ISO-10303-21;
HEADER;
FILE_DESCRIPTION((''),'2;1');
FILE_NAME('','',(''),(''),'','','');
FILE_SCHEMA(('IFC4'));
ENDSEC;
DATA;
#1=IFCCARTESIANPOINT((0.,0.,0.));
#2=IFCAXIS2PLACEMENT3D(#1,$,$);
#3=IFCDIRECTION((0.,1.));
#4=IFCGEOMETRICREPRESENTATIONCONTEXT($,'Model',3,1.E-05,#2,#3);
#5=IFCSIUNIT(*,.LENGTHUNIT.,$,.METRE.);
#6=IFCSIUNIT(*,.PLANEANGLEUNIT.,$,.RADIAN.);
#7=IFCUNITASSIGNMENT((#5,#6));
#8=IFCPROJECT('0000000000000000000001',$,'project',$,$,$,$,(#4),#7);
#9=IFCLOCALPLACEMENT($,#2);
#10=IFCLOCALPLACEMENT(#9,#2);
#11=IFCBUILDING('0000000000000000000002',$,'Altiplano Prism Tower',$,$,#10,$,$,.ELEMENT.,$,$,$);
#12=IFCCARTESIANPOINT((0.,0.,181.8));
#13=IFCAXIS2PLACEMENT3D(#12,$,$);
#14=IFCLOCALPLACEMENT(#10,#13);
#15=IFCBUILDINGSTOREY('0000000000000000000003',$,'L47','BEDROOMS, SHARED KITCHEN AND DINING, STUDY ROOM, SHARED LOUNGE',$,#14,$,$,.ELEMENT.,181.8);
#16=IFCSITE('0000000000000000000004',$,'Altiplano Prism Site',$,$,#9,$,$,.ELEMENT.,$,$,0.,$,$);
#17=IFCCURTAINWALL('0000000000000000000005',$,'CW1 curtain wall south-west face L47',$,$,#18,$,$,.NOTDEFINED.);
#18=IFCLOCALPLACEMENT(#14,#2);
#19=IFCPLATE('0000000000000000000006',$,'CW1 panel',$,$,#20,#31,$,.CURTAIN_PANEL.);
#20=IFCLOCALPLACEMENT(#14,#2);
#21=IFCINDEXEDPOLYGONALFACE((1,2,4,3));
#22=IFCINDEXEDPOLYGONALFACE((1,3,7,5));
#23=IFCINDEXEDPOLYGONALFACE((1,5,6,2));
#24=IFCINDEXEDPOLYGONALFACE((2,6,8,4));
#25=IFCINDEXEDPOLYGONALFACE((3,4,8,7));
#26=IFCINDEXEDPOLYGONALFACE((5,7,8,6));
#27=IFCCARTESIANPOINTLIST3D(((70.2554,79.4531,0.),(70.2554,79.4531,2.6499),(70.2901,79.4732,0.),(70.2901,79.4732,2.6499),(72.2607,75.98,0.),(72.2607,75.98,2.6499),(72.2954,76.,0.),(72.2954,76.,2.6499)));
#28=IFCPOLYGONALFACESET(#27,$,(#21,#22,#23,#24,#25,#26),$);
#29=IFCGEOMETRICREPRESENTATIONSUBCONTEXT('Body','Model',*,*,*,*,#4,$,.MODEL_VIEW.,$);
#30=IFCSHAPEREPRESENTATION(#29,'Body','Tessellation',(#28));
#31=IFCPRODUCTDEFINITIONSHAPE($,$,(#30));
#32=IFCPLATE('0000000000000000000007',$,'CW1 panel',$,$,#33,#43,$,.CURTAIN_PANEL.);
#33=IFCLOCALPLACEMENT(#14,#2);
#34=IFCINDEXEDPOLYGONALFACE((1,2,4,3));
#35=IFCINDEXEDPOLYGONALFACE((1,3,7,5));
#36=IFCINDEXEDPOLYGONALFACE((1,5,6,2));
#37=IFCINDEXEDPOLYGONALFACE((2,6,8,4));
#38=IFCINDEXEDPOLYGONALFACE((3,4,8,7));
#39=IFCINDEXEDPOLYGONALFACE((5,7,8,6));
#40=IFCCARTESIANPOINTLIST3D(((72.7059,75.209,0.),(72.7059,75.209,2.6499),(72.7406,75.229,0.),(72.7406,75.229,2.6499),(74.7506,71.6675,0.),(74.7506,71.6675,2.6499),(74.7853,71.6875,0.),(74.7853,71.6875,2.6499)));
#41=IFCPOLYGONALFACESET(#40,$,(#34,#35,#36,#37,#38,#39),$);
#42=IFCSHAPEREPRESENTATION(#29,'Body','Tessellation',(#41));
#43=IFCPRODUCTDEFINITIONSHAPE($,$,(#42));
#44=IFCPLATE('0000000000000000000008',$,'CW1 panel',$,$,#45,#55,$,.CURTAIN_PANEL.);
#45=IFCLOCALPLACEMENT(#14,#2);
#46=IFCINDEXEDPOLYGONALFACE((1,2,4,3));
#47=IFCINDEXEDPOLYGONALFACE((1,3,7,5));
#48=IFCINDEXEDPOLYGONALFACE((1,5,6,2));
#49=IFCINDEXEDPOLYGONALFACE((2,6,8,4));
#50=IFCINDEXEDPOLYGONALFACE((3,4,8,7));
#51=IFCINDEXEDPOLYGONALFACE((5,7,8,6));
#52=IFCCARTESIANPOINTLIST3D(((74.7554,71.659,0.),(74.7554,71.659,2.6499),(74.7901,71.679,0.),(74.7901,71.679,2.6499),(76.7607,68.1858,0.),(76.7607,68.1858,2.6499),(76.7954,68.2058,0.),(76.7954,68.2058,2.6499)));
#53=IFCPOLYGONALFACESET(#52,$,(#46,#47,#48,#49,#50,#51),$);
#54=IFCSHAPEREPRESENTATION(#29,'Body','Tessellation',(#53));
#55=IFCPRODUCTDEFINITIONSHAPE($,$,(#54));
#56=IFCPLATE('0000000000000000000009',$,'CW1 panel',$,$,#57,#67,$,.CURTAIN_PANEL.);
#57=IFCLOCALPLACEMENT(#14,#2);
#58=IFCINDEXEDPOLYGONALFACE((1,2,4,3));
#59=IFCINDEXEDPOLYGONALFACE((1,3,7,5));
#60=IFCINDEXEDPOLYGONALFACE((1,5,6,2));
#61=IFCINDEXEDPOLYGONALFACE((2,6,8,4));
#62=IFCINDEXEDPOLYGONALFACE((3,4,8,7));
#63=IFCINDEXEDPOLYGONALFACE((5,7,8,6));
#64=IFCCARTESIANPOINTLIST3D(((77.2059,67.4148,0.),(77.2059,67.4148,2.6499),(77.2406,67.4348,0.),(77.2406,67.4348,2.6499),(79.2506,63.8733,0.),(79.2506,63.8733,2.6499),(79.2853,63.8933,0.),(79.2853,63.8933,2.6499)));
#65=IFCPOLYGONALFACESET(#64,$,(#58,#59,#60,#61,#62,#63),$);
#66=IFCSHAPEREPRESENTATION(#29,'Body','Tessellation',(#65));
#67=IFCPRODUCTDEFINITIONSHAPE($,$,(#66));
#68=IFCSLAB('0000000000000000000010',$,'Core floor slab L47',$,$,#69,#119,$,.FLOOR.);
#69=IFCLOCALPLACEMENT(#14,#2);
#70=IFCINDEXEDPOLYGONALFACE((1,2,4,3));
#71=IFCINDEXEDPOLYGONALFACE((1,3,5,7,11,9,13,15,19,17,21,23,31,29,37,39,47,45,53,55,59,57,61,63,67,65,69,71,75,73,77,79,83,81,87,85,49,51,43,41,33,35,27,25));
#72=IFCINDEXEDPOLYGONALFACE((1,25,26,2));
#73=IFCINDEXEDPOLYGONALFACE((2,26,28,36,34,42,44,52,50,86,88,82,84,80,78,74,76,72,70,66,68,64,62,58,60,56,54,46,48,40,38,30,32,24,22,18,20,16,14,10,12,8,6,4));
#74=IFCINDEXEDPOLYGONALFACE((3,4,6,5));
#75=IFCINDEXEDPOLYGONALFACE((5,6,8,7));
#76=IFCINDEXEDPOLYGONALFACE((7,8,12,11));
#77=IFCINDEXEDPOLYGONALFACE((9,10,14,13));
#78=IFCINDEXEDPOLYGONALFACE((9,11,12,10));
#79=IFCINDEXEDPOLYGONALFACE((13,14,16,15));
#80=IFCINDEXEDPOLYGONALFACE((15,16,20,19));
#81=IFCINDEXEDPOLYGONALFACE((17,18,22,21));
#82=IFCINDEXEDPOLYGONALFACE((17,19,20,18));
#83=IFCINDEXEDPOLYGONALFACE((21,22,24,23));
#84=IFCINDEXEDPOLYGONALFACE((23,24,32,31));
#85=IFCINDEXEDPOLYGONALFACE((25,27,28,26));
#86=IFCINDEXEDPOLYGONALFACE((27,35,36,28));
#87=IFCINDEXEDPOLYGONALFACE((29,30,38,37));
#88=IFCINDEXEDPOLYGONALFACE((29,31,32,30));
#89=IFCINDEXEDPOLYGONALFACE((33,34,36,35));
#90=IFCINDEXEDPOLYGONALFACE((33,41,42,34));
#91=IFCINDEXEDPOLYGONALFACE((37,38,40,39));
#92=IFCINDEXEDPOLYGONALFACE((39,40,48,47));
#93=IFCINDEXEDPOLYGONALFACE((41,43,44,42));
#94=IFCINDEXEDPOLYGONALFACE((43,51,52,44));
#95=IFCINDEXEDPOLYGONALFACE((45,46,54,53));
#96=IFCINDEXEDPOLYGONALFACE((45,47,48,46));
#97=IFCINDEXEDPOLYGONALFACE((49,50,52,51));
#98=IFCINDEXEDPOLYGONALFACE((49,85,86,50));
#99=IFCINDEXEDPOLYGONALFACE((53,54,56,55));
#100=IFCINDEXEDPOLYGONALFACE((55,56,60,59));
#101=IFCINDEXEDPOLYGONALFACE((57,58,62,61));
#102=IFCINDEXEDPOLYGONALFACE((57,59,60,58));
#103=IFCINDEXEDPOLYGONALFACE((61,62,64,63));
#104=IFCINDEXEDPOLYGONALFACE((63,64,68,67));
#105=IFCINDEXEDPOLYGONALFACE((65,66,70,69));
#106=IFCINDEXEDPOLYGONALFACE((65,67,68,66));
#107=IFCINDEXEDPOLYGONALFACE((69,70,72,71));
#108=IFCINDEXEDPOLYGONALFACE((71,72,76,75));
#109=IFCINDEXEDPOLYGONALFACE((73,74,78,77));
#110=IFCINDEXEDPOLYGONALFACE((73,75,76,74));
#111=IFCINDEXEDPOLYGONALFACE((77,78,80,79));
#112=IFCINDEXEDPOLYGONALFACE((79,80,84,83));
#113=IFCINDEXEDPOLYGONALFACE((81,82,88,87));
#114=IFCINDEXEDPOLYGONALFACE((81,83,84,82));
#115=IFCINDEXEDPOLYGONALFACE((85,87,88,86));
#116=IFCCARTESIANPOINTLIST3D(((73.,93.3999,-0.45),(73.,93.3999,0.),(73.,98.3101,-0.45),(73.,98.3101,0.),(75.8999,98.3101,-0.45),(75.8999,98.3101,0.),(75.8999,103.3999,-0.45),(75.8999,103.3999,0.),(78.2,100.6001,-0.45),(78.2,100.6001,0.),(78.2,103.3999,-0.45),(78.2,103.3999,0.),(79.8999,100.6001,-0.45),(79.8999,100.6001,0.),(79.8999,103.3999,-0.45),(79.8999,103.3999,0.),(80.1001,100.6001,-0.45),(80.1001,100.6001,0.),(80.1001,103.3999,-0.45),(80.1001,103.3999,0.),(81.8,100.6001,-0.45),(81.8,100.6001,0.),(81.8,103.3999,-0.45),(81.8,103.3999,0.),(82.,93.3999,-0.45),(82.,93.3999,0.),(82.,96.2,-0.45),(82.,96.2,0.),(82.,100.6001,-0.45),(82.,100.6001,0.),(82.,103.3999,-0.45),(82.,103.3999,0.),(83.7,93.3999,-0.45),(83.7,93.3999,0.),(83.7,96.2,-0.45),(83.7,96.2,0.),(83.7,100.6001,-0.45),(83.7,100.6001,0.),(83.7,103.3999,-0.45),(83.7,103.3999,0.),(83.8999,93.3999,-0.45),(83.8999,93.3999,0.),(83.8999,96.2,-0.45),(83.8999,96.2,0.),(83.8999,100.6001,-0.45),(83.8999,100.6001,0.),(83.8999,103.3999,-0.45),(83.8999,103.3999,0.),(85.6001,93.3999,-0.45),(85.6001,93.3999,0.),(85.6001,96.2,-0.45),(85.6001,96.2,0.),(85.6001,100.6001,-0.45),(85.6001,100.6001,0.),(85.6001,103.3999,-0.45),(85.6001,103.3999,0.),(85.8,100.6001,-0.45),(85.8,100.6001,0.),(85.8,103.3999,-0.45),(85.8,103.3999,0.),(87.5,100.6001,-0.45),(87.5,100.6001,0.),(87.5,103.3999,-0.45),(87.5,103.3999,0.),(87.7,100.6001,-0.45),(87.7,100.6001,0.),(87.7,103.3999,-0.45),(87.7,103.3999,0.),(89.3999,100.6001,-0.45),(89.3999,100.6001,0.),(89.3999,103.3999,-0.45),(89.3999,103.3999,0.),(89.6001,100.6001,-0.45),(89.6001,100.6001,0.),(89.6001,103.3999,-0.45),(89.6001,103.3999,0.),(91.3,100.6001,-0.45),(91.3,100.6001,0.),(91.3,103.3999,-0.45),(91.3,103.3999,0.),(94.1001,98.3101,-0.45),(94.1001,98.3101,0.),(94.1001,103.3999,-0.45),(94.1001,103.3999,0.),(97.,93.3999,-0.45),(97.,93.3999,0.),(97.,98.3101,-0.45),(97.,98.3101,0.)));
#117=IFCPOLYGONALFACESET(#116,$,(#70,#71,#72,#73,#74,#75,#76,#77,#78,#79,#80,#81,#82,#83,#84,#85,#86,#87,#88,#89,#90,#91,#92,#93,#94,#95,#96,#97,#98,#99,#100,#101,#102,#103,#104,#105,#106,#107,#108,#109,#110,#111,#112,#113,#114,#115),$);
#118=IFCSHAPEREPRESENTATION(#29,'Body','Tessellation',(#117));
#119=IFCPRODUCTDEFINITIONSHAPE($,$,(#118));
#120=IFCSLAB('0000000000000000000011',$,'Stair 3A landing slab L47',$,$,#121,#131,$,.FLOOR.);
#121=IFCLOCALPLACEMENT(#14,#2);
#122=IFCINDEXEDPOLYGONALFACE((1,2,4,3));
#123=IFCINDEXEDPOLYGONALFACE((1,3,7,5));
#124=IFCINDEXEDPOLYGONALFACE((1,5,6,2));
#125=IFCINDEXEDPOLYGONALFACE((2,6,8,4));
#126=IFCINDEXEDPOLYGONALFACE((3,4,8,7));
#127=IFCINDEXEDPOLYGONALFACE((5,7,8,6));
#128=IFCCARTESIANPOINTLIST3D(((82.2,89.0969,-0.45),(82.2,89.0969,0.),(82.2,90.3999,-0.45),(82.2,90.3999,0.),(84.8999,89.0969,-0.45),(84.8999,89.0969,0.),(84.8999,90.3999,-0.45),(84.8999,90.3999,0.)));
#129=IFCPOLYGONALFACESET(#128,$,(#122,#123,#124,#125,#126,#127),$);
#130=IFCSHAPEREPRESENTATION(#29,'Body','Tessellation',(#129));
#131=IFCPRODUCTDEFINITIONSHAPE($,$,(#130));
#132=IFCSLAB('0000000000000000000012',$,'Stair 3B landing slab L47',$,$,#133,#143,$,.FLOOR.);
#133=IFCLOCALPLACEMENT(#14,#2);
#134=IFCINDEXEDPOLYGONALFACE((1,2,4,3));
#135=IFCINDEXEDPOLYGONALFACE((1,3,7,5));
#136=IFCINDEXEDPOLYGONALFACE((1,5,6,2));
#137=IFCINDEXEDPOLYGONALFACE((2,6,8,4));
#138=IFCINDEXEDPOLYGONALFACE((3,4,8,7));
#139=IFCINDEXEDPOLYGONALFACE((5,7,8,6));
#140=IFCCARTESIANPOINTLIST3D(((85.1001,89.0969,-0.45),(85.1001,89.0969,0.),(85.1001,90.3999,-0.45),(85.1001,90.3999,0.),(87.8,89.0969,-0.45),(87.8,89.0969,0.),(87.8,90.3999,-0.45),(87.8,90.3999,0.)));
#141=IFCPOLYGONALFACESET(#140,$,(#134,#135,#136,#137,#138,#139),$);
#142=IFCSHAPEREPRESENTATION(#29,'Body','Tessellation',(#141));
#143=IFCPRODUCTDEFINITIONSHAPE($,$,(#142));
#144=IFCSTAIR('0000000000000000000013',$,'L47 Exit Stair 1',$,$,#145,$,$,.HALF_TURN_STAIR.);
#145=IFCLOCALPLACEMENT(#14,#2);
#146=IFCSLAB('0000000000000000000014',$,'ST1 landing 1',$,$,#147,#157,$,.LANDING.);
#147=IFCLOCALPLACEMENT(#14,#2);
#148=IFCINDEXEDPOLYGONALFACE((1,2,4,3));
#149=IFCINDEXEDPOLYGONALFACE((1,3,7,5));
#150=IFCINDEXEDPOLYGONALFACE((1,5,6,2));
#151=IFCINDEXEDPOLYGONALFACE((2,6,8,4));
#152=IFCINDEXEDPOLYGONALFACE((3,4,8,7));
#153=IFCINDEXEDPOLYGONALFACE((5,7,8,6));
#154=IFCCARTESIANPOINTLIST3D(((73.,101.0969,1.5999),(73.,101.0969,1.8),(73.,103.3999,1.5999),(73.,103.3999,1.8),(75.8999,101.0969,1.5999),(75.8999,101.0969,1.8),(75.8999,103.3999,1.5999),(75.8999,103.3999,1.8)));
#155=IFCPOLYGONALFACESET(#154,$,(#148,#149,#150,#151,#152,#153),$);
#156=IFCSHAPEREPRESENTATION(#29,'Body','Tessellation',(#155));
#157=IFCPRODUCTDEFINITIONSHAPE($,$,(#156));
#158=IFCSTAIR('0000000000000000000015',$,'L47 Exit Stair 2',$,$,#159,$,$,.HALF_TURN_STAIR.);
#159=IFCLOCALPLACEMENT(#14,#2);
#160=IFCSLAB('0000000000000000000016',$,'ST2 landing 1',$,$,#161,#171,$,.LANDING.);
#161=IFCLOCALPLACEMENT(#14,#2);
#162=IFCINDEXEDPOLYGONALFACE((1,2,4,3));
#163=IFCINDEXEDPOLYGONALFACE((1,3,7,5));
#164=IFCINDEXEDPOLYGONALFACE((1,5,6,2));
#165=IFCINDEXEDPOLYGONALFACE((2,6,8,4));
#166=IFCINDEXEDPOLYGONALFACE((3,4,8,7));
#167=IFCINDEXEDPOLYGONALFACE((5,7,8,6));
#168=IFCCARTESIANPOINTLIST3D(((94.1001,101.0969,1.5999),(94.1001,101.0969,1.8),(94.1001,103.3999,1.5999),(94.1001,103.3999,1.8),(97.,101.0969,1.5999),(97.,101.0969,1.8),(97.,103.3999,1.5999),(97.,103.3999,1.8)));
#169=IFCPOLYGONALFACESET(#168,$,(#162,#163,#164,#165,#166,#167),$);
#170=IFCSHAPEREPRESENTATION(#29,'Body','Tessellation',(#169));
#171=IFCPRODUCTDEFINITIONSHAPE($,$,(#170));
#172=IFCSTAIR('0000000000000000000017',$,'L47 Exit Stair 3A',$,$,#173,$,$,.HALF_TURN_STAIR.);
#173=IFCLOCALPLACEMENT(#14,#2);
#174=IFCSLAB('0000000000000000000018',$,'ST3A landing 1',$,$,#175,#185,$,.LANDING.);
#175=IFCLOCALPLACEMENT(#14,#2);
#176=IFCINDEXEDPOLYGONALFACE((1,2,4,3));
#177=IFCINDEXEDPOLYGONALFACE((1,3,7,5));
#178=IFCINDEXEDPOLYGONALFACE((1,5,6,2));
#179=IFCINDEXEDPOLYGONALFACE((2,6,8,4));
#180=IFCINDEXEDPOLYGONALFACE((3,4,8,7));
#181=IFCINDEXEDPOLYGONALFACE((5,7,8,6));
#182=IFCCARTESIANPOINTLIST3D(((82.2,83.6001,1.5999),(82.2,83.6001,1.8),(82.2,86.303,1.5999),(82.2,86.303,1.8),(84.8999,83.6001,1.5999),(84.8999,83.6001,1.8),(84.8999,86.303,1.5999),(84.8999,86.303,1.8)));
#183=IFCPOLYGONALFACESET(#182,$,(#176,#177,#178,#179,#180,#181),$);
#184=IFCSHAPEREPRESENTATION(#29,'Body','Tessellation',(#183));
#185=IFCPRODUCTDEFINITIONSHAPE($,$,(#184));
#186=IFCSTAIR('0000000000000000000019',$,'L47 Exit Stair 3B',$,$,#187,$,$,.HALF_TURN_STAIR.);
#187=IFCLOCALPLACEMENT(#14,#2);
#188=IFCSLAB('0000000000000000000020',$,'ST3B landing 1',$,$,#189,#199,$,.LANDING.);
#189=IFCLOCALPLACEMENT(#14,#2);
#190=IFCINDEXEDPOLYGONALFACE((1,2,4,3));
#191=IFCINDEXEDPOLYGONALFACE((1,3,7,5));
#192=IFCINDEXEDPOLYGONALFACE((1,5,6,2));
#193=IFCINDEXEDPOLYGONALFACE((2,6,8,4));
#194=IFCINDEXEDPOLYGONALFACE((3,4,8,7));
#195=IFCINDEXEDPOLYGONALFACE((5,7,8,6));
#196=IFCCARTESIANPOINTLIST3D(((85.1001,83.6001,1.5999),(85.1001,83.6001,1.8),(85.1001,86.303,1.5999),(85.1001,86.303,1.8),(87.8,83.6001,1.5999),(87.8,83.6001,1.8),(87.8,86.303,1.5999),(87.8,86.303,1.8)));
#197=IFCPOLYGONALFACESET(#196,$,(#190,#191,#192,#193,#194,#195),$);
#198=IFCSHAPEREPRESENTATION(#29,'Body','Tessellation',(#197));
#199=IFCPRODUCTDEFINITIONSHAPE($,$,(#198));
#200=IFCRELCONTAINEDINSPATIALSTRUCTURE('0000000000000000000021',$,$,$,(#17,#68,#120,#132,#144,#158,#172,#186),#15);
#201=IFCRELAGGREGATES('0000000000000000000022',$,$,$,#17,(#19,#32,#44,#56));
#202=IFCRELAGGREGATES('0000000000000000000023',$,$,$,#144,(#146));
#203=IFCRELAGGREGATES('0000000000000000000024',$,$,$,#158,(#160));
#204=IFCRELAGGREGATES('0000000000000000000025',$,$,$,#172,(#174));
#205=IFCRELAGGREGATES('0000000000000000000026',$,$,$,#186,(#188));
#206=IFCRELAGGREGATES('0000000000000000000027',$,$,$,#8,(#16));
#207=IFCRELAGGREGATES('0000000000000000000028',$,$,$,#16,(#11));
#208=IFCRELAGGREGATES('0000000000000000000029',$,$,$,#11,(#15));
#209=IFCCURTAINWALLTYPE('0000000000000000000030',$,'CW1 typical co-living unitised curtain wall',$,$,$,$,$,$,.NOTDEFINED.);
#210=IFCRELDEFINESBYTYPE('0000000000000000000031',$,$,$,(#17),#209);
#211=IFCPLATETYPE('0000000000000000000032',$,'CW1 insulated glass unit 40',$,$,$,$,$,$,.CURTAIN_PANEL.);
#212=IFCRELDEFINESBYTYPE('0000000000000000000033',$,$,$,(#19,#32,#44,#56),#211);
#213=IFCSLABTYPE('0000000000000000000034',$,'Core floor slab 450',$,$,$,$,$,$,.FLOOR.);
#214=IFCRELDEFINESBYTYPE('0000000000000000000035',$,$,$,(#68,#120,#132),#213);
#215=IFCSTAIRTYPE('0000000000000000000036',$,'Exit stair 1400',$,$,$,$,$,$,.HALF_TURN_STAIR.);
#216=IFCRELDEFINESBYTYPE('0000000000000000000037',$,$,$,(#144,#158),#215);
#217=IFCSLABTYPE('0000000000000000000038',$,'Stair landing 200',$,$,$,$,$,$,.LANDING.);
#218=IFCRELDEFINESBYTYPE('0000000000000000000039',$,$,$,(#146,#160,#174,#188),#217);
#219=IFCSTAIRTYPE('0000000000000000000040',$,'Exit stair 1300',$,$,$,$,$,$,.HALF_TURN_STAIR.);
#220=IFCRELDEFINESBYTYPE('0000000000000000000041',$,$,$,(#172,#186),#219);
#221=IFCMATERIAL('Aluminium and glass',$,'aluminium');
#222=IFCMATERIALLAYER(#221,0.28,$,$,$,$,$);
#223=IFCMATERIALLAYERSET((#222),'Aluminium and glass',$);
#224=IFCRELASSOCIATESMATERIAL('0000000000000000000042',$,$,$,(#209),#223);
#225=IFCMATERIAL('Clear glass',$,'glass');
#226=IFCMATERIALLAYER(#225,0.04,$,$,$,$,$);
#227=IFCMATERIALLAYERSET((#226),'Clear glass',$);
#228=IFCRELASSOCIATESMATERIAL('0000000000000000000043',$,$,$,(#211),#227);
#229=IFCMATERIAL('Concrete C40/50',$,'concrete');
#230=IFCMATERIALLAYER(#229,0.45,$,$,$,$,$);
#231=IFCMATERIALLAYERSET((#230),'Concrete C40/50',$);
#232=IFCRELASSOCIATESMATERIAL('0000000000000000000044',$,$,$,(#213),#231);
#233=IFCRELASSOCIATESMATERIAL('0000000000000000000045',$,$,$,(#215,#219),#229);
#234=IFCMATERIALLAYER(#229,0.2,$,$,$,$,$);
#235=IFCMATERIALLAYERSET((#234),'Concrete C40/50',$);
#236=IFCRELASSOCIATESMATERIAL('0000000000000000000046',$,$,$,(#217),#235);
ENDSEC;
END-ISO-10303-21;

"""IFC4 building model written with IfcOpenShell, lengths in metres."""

from ifc_helpers import new_model, si_unit, direction, frame, origin, origin_2d, place, context, subcontext, project, spatial, polyline, rectangle, outline, extrude, material, layer, layer_set, type_object, element, aggregate, save


model = new_model("IFC4")

# Units and contexts
model_context = context("Model", 3, precision=1e-05, world=origin(), true_north=direction((0.0, 1.0)))
body_context = subcontext(model_context, "Body", "Model", "MODEL_VIEW")
ifc_project = project(units=[si_unit("LENGTHUNIT", "METRE"), si_unit("PLANEANGLEUNIT", "RADIAN")], contexts=[model_context])

# Site, building, storey
site_placement = place(None, origin())
site = spatial("IfcSite", under=ifc_project, at=site_placement, Name="Altiplano Prism Site", CompositionType="ELEMENT", RefElevation=0.0)
building_placement = place(site_placement, origin())
building = spatial("IfcBuilding", under=site, at=building_placement, Name="Altiplano Prism Tower", CompositionType="ELEMENT")
storey_placement = place(building_placement, frame((0.0, 0.0, 181.8)))
storey = spatial("IfcBuildingStorey", under=building, at=storey_placement, Name="L47", Description="BEDROOMS, SHARED KITCHEN AND DINING, STUDY ROOM, SHARED LOUNGE", CompositionType="ELEMENT", Elevation=181.8)

# Curtain wall
ifc_material_1 = material(Name="Aluminium and glass", Category="aluminium")
ifc_layer_1 = layer(ifc_material_1, 0.28)
ifc_layer_set_1 = layer_set([ifc_layer_1], Name="Aluminium and glass")
curtain_wall_type = type_object("IfcCurtainWallType", Name="CW1 typical co-living unitised curtain wall", PredefinedType="NOTDEFINED", material=ifc_layer_set_1)
curtain_wall_placement = place(storey_placement, origin())
curtain_wall = element("IfcCurtainWall", 1, at=curtain_wall_placement, inside=storey, type_object=curtain_wall_type, Name="CW1 curtain wall south-west face L47", PredefinedType="NOTDEFINED")

# Plates
ifc_material_2 = material(Name="Clear glass", Category="glass")
ifc_layer_2 = layer(ifc_material_2, 0.04)
ifc_layer_set_2 = layer_set([ifc_layer_2], Name="Clear glass")
plate_type = type_object("IfcPlateType", Name="CW1 insulated glass unit 40", PredefinedType="CURTAIN_PANEL", material=ifc_layer_set_2)
plate_1_placement = place(storey_placement, frame((71.2754, 77.7266, 0.0), z_axis=(0.0, 0.0, 1.0), x_axis=(0.5, -0.866025, 0.0)))
plate_1 = element("IfcPlate", 2, at=plate_1_placement, type_object=plate_type, Name="CW1 panel", PredefinedType="CURTAIN_PANEL", context=body_context, shape_type="SweptSolid", body=[
    extrude(rectangle(XDim=4.0105, YDim=0.04, at=origin_2d()), origin(), (0.0, 0.0, 1.0), 2.6499),
])
plate_2_placement = place(storey_placement, frame((73.7456, 73.4482, 0.0), z_axis=(0.0, 0.0, 1.0), x_axis=(0.5, -0.866025, 0.0)))
plate_2 = element("IfcPlate", 3, at=plate_2_placement, type_object=plate_type, Name="CW1 panel", PredefinedType="CURTAIN_PANEL", context=body_context, shape_type="SweptSolid", body=[
    extrude(rectangle(XDim=4.0894, YDim=0.04, at=origin_2d()), origin(), (0.0, 0.0, 1.0), 2.6499),
])
plate_3_placement = place(storey_placement, frame((75.7754, 69.9324, 0.0), z_axis=(0.0, 0.0, 1.0), x_axis=(0.5, -0.866025, 0.0)))
plate_3 = element("IfcPlate", 4, at=plate_3_placement, type_object=plate_type, Name="CW1 panel", PredefinedType="CURTAIN_PANEL", context=body_context, shape_type="SweptSolid", body=[
    extrude(rectangle(XDim=4.0105, YDim=0.04, at=origin_2d()), origin(), (0.0, 0.0, 1.0), 2.6499),
])
plate_4_placement = place(storey_placement, frame((78.2456, 65.6541, 0.0), z_axis=(0.0, 0.0, 1.0), x_axis=(0.5, -0.866025, 0.0)))
plate_4 = element("IfcPlate", 5, at=plate_4_placement, type_object=plate_type, Name="CW1 panel", PredefinedType="CURTAIN_PANEL", context=body_context, shape_type="SweptSolid", body=[
    extrude(rectangle(XDim=4.0894, YDim=0.04, at=origin_2d()), origin(), (0.0, 0.0, 1.0), 2.6499),
])
aggregate(curtain_wall, [plate_1, plate_2, plate_3, plate_4])

# Slabs
ifc_material_3 = material(Name="Concrete C40/50", Category="concrete")
ifc_layer_3 = layer(ifc_material_3, 0.45)
ifc_layer_set_3 = layer_set([ifc_layer_3], Name="Concrete C40/50")
slab_type_1 = type_object("IfcSlabType", Name="Core floor slab 450", PredefinedType="FLOOR", material=ifc_layer_set_3)
slab_1_placement = place(storey_placement, frame((0.0, 0.0, -0.45)))
element("IfcSlab", 6, at=slab_1_placement, inside=storey, type_object=slab_type_1, Name="Core floor slab L47", PredefinedType="FLOOR", context=body_context, shape_type="SweptSolid", body=[
    extrude(outline(polyline([(97.0, 98.3101), (94.1001, 98.3101), (94.1001, 103.3999), (91.3, 103.3999), (91.3, 100.6001), (89.6001, 100.6001), (89.6001, 103.3999), (89.3999, 103.3999), (89.3999, 100.6001), (87.7, 100.6001), (87.7, 103.3999), (87.5, 103.3999), (87.5, 100.6001), (85.8, 100.6001), (85.8, 103.3999), (85.6001, 103.3999), (85.6001, 100.6001), (83.8999, 100.6001), (83.8999, 103.3999), (83.7, 103.3999), (83.7, 100.6001), (82.0, 100.6001), (82.0, 103.3999), (81.8, 103.3999), (81.8, 100.6001), (80.1001, 100.6001), (80.1001, 103.3999), (79.8999, 103.3999), (79.8999, 100.6001), (78.2, 100.6001), (78.2, 103.3999), (75.8999, 103.3999), (75.8999, 98.3101), (73.0, 98.3101), (73.0, 93.3999), (82.0, 93.3999), (82.0, 96.2), (83.7, 96.2), (83.7, 93.3999), (83.8999, 93.3999), (83.8999, 96.2), (85.6001, 96.2), (85.6001, 93.3999), (97.0, 93.3999), (97.0, 98.3101)])), origin(), (0.0, 0.0, 1.0), 0.45),
])
slab_2_placement = place(storey_placement, frame((0.0, 0.0, -0.45)))
element("IfcSlab", 7, at=slab_2_placement, inside=storey, type_object=slab_type_1, Name="Stair 3A landing slab L47", PredefinedType="FLOOR", context=body_context, shape_type="SweptSolid", body=[
    extrude(outline(polyline([(82.2, 89.0969), (84.8999, 89.0969), (84.8999, 90.3999), (82.2, 90.3999), (82.2, 89.0969)])), origin(), (0.0, 0.0, 1.0), 0.45),
])
slab_3_placement = place(storey_placement, frame((0.0, 0.0, -0.45)))
element("IfcSlab", 8, at=slab_3_placement, inside=storey, type_object=slab_type_1, Name="Stair 3B landing slab L47", PredefinedType="FLOOR", context=body_context, shape_type="SweptSolid", body=[
    extrude(outline(polyline([(85.1001, 89.0969), (87.8, 89.0969), (87.8, 90.3999), (85.1001, 90.3999), (85.1001, 89.0969)])), origin(), (0.0, 0.0, 1.0), 0.45),
])

# Stairs, slabs
stair_type_1 = type_object("IfcStairType", Name="Exit stair 1400", PredefinedType="HALF_TURN_STAIR", material=ifc_material_3)
stair_1_placement = place(storey_placement, origin())
stair_1 = element("IfcStair", 9, at=stair_1_placement, inside=storey, type_object=stair_type_1, Name="L47 Exit Stair 1", PredefinedType="HALF_TURN_STAIR")
ifc_layer_4 = layer(ifc_material_3, 0.2)
ifc_layer_set_4 = layer_set([ifc_layer_4], Name="Concrete C40/50")
slab_type_2 = type_object("IfcSlabType", Name="Stair landing 200", PredefinedType="LANDING", material=ifc_layer_set_4)
slab_4_placement = place(storey_placement, frame((0.0, 0.0, 1.5999)))
slab_4 = element("IfcSlab", 10, at=slab_4_placement, type_object=slab_type_2, Name="ST1 landing 1", PredefinedType="LANDING", context=body_context, shape_type="SweptSolid", body=[
    extrude(outline(polyline([(75.8999, 101.0969), (75.8999, 103.3999), (73.0, 103.3999), (73.0, 101.0969), (75.8999, 101.0969)])), origin(), (0.0, 0.0, 1.0), 0.2002),
])
aggregate(stair_1, [slab_4])
stair_2_placement = place(storey_placement, origin())
stair_2 = element("IfcStair", 11, at=stair_2_placement, inside=storey, type_object=stair_type_1, Name="L47 Exit Stair 2", PredefinedType="HALF_TURN_STAIR")
slab_5_placement = place(storey_placement, frame((0.0, 0.0, 1.5999)))
slab_5 = element("IfcSlab", 12, at=slab_5_placement, type_object=slab_type_2, Name="ST2 landing 1", PredefinedType="LANDING", context=body_context, shape_type="SweptSolid", body=[
    extrude(outline(polyline([(97.0, 101.0969), (97.0, 103.3999), (94.1001, 103.3999), (94.1001, 101.0969), (97.0, 101.0969)])), origin(), (0.0, 0.0, 1.0), 0.2002),
])
aggregate(stair_2, [slab_5])
stair_type_2 = type_object("IfcStairType", Name="Exit stair 1300", PredefinedType="HALF_TURN_STAIR", material=ifc_material_3)
stair_3_placement = place(storey_placement, origin())
stair_3 = element("IfcStair", 13, at=stair_3_placement, inside=storey, type_object=stair_type_2, Name="L47 Exit Stair 3A", PredefinedType="HALF_TURN_STAIR")
slab_6_placement = place(storey_placement, frame((0.0, 0.0, 1.5999)))
slab_6 = element("IfcSlab", 14, at=slab_6_placement, type_object=slab_type_2, Name="ST3A landing 1", PredefinedType="LANDING", context=body_context, shape_type="SweptSolid", body=[
    extrude(outline(polyline([(82.2, 86.303), (82.2, 83.6001), (84.8999, 83.6001), (84.8999, 86.303), (82.2, 86.303)])), origin(), (0.0, 0.0, 1.0), 0.2002),
])
aggregate(stair_3, [slab_6])
stair_4_placement = place(storey_placement, origin())
stair_4 = element("IfcStair", 15, at=stair_4_placement, inside=storey, type_object=stair_type_2, Name="L47 Exit Stair 3B", PredefinedType="HALF_TURN_STAIR")
slab_7_placement = place(storey_placement, frame((0.0, 0.0, 1.5999)))
slab_7 = element("IfcSlab", 16, at=slab_7_placement, type_object=slab_type_2, Name="ST3B landing 1", PredefinedType="LANDING", context=body_context, shape_type="SweptSolid", body=[
    extrude(outline(polyline([(85.1001, 86.303), (85.1001, 83.6001), (87.8, 83.6001), (87.8, 86.303), (85.1001, 86.303)])), origin(), (0.0, 0.0, 1.0), 0.2002),
])
aggregate(stair_4, [slab_7])

save(model, "model.ifc")
